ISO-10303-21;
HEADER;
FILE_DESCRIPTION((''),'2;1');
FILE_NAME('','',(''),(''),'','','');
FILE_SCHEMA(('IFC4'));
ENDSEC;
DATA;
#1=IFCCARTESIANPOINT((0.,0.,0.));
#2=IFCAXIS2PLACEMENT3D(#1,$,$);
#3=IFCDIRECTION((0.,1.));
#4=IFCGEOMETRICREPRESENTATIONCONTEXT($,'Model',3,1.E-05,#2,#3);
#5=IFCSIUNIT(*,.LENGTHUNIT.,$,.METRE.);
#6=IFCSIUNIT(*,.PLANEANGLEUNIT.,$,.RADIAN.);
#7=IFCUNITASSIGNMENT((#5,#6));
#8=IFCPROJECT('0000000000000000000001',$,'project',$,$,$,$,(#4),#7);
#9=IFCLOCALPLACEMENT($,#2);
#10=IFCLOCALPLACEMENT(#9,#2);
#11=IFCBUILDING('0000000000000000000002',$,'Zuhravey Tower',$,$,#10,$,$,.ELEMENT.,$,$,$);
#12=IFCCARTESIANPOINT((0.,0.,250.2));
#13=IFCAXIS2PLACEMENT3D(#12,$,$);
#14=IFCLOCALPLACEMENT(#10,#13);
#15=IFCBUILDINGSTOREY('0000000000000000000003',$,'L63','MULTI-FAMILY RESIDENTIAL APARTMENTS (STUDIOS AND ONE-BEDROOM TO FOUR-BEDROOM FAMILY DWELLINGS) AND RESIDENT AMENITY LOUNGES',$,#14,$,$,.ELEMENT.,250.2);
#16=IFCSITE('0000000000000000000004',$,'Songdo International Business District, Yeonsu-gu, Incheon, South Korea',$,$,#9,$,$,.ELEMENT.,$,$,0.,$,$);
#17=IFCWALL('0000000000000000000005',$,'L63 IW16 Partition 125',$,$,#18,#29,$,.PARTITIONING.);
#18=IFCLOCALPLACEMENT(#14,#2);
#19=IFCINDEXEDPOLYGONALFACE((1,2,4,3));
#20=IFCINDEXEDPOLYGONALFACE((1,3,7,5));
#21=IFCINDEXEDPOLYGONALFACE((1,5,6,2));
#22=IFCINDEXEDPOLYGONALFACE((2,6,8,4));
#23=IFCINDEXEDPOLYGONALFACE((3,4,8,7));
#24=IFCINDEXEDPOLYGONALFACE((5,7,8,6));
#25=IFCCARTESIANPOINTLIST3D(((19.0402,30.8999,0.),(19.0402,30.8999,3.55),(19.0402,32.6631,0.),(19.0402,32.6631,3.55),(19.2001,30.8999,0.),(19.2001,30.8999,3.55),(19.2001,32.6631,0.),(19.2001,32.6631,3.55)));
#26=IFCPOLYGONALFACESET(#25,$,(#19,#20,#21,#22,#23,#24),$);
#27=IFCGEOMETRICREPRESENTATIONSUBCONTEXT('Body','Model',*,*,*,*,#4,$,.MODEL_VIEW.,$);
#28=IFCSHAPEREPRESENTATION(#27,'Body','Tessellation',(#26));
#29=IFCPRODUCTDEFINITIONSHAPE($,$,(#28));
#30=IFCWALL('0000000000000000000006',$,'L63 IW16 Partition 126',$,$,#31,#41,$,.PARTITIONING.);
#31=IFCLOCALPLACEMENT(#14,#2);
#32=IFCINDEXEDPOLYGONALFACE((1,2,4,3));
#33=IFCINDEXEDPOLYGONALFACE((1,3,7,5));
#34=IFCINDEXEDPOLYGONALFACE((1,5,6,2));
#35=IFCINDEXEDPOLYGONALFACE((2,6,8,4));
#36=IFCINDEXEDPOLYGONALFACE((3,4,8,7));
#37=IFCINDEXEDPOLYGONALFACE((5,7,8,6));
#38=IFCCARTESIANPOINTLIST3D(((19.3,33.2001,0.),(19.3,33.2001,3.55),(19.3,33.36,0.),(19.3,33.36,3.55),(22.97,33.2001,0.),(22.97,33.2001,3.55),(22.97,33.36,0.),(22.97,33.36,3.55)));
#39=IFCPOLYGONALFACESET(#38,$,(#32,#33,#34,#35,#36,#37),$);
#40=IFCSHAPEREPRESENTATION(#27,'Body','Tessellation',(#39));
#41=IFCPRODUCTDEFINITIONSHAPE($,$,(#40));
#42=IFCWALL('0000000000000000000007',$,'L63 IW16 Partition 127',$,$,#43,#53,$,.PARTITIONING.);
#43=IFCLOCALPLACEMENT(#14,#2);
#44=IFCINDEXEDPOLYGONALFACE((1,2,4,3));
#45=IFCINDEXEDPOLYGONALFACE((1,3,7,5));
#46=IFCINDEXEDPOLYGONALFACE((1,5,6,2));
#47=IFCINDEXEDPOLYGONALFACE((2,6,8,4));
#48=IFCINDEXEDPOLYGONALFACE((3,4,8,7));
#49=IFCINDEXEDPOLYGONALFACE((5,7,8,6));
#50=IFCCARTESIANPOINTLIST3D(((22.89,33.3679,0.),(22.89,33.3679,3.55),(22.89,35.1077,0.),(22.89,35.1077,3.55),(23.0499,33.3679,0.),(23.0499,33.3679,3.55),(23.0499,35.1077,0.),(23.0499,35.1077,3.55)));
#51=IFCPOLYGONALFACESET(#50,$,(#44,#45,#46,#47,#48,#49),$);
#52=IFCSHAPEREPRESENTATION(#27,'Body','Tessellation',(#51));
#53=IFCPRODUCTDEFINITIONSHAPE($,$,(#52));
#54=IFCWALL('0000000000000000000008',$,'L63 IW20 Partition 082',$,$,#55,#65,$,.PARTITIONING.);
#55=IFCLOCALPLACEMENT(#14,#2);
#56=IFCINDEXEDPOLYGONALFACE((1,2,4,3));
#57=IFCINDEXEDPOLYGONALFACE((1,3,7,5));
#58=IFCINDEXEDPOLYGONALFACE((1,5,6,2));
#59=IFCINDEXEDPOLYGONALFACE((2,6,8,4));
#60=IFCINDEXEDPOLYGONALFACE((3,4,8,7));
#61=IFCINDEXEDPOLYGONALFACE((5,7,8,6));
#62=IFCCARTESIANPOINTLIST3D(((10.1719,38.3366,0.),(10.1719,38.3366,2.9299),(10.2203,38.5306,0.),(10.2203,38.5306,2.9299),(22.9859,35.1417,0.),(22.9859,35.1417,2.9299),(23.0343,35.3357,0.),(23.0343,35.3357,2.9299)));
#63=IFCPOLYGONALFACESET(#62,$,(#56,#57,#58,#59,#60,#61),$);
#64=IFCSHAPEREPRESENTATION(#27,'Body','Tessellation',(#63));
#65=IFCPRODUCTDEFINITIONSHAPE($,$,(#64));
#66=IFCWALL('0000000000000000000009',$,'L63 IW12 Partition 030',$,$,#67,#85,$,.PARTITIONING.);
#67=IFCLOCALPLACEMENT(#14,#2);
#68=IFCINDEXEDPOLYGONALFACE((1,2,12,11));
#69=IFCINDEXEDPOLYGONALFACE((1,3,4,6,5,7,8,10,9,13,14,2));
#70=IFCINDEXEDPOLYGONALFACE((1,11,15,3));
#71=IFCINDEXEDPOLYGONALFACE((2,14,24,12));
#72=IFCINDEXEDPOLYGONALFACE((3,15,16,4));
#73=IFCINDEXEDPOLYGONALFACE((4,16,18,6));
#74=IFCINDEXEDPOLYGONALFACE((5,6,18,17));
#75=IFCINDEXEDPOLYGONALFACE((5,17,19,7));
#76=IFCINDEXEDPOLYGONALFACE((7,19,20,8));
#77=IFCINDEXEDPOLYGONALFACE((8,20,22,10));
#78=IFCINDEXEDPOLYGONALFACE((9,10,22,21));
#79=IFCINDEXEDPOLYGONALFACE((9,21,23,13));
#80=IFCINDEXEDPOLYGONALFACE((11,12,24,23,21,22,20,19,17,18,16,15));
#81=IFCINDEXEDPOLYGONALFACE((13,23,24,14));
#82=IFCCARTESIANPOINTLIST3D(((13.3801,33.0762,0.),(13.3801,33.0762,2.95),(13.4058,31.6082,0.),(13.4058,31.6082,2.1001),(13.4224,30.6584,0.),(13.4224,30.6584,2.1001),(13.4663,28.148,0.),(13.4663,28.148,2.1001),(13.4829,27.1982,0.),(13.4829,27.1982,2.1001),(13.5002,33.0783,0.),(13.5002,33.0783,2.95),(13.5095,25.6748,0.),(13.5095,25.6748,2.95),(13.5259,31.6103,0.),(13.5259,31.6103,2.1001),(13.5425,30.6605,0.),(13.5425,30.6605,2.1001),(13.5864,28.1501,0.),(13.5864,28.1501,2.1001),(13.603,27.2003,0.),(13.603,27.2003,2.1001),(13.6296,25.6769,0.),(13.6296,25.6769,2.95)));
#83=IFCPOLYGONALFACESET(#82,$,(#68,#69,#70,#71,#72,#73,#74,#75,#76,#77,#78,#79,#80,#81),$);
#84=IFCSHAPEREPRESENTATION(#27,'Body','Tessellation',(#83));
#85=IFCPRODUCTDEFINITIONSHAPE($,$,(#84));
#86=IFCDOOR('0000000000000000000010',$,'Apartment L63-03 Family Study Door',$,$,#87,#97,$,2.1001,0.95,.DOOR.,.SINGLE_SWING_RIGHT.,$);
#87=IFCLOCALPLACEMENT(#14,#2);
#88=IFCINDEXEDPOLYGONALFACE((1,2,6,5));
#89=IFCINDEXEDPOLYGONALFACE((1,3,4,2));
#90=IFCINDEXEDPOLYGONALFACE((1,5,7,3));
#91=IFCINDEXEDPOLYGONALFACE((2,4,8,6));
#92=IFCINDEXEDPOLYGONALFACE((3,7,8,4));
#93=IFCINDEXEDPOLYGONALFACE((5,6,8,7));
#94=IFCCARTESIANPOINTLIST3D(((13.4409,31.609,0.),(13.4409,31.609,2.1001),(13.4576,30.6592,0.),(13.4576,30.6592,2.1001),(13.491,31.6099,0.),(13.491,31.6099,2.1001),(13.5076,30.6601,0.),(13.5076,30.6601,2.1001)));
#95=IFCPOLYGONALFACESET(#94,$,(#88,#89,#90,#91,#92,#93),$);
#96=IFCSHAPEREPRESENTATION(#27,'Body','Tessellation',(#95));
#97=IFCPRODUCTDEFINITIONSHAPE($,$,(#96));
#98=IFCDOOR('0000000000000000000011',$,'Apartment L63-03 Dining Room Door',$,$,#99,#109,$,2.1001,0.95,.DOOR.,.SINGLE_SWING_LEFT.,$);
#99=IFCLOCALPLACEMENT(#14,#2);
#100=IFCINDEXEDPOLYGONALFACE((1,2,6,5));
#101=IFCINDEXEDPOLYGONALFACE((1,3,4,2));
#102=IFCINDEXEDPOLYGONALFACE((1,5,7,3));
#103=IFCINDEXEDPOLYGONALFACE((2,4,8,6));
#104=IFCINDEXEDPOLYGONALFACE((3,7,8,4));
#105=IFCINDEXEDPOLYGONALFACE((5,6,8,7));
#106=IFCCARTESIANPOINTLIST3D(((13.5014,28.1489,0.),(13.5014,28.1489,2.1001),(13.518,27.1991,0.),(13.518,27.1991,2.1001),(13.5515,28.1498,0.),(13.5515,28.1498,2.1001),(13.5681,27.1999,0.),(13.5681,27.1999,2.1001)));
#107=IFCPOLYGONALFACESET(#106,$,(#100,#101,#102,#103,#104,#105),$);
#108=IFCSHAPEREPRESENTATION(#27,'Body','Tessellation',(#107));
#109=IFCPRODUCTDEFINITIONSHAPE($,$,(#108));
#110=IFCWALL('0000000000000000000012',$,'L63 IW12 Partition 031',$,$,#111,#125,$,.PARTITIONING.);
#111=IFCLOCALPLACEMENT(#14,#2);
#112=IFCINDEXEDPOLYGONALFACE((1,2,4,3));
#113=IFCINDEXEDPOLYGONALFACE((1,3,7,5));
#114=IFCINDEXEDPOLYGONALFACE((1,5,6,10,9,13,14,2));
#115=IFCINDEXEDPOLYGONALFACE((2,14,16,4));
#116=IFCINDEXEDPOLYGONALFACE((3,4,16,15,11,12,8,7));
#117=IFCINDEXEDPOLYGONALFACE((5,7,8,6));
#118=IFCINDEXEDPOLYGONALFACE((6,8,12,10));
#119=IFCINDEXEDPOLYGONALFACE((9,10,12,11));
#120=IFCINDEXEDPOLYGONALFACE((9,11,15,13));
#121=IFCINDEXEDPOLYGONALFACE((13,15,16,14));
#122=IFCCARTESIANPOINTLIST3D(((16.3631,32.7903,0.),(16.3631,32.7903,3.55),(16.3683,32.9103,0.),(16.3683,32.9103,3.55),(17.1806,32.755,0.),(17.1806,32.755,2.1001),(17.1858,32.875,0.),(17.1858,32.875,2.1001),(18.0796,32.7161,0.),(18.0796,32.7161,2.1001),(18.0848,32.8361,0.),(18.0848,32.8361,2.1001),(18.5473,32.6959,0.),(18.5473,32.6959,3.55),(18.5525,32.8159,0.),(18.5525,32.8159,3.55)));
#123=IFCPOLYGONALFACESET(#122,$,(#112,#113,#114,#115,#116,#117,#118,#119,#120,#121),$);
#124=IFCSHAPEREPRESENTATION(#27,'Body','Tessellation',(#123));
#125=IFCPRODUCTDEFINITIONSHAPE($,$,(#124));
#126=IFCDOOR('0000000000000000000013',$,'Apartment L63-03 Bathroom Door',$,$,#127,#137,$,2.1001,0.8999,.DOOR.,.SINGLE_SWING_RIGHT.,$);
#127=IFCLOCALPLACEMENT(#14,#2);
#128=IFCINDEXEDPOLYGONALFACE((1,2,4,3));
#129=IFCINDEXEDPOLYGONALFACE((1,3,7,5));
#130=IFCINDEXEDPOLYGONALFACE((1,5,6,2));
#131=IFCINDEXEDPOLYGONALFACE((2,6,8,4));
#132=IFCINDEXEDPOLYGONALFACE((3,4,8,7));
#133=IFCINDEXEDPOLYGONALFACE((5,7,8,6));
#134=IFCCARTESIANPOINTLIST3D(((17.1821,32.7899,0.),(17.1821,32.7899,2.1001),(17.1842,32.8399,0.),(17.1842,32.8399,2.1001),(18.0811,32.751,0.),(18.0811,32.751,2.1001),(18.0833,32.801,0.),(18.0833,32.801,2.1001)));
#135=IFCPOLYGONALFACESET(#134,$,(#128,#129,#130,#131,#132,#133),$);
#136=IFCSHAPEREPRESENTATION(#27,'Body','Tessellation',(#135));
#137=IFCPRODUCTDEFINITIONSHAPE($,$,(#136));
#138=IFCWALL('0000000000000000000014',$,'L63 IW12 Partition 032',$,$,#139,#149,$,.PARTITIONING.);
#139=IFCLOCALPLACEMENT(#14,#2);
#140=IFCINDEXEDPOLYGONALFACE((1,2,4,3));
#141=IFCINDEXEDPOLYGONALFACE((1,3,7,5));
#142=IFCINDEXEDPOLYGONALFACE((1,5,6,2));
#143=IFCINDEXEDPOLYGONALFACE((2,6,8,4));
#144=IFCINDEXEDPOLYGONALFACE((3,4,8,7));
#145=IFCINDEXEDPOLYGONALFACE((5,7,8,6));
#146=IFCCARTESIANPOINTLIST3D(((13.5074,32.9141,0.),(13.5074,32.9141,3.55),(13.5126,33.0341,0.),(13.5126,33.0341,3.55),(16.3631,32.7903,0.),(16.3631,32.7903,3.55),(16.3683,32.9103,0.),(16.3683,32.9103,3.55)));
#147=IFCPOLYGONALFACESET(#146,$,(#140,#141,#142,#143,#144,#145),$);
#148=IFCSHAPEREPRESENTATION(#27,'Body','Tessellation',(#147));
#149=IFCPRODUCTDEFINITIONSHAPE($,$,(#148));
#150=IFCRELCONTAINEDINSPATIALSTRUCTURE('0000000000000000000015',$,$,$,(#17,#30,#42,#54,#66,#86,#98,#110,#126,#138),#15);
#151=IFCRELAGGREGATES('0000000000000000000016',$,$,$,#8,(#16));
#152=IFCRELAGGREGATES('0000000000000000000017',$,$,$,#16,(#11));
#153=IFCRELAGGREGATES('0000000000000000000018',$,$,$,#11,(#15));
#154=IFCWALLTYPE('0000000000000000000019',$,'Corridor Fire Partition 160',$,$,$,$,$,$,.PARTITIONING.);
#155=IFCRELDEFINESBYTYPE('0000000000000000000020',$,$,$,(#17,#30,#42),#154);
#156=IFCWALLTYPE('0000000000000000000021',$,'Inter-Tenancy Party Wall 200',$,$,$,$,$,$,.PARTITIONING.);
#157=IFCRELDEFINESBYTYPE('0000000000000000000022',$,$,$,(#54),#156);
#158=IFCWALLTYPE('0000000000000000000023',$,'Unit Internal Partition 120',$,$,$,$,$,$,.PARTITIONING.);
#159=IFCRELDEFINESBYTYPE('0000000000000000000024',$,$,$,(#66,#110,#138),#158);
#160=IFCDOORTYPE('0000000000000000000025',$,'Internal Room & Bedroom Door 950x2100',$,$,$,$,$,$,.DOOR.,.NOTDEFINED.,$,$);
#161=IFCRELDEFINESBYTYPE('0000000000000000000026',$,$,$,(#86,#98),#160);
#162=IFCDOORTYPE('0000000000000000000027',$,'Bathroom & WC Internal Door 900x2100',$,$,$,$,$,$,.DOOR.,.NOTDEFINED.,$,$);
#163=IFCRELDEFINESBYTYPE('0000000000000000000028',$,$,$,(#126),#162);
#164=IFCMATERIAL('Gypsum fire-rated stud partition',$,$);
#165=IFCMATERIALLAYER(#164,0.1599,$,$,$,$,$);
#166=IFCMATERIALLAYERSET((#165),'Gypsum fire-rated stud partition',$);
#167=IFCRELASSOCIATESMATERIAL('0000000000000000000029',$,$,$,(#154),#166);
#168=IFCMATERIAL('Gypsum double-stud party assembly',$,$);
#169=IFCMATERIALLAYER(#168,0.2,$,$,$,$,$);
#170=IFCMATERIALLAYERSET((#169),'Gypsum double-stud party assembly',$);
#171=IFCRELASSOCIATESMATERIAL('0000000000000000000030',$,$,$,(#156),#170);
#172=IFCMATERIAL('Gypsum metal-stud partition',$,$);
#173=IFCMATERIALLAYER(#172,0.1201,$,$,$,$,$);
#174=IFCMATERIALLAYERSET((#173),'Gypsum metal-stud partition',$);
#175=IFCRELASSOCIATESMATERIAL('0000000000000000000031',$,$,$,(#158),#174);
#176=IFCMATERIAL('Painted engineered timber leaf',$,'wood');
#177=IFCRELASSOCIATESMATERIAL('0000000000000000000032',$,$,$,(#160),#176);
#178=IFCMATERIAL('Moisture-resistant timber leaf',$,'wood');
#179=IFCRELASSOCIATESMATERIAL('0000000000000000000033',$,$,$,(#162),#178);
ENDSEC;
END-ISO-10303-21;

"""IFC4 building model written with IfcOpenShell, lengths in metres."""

from ifc_helpers import new_model, si_unit, direction, frame, frame_2d, origin, place, context, subcontext, project, spatial, rectangle, extrude, material, layer, layer_set, type_object, element, fill, save


model = new_model("IFC4")

# Units and contexts
model_context = context("Model", 3, precision=1e-05, world=origin(), true_north=direction((0.0, 1.0)))
body_context = subcontext(model_context, "Body", "Model", "MODEL_VIEW")
ifc_project = project(units=[si_unit("LENGTHUNIT", "METRE"), si_unit("PLANEANGLEUNIT", "RADIAN")], contexts=[model_context])

# Site, building, storey
site_placement = place(None, origin())
site = spatial("IfcSite", under=ifc_project, at=site_placement, Name="Songdo International Business District, Yeonsu-gu, Incheon, South Korea", CompositionType="ELEMENT", RefElevation=0.0)
building_placement = place(site_placement, origin())
building = spatial("IfcBuilding", under=site, at=building_placement, Name="Zuhravey Tower", CompositionType="ELEMENT")
storey_placement = place(building_placement, frame((0.0, 0.0, 250.2)))
storey = spatial("IfcBuildingStorey", under=building, at=storey_placement, Name="L63", Description="MULTI-FAMILY RESIDENTIAL APARTMENTS (STUDIOS AND ONE-BEDROOM TO FOUR-BEDROOM FAMILY DWELLINGS) AND RESIDENT AMENITY LOUNGES", CompositionType="ELEMENT", Elevation=250.2)

# Shared definitions
ifc_material_1 = material(Name="Gypsum fire-rated stud partition")
ifc_layer_1 = layer(ifc_material_1, 0.1599)
ifc_layer_set_1 = layer_set([ifc_layer_1], Name="Gypsum fire-rated stud partition")
wall_type_1 = type_object("IfcWallType", Name="Corridor Fire Partition 160", PredefinedType="PARTITIONING", material=ifc_layer_set_1)

# Walls
wall_1_placement = place(storey_placement, frame((19.1201, 32.6631, 0.0), z_axis=(0.0, 0.0, 1.0), x_axis=(0.0, -1.0, 0.0)))
element("IfcWall", 1, at=wall_1_placement, inside=storey, type_object=wall_type_1, Name="L63 IW16 Partition 125", PredefinedType="PARTITIONING", context=body_context, shape_type="SweptSolid", body=[
    extrude(rectangle(XDim=1.7632, YDim=0.1599, at=frame_2d((0.8816, 0.0))), origin(), (0.0, 0.0, 1.0), 3.55),
])
wall_2_placement = place(storey_placement, frame((22.97, 33.28, 0.0), z_axis=(0.0, 0.0, 1.0), x_axis=(-1.0, 0.0, 0.0)))
element("IfcWall", 2, at=wall_2_placement, inside=storey, type_object=wall_type_1, Name="L63 IW16 Partition 126", PredefinedType="PARTITIONING", context=body_context, shape_type="SweptSolid", body=[
    extrude(rectangle(XDim=3.6699, YDim=0.1599, at=frame_2d((1.835, 0.0))), origin(), (0.0, 0.0, 1.0), 3.55),
])
wall_3_placement = place(storey_placement, frame((22.97, 35.1077, 0.0), z_axis=(0.0, 0.0, 1.0), x_axis=(0.0, -1.0, 0.0)))
element("IfcWall", 3, at=wall_3_placement, inside=storey, type_object=wall_type_1, Name="L63 IW16 Partition 127", PredefinedType="PARTITIONING", context=body_context, shape_type="SweptSolid", body=[
    extrude(rectangle(XDim=1.7397, YDim=0.1599, at=frame_2d((0.8699, 0.0))), origin(), (0.0, 0.0, 1.0), 3.55),
])
ifc_material_2 = material(Name="Gypsum double-stud party assembly")
ifc_layer_2 = layer(ifc_material_2, 0.2)
ifc_layer_set_2 = layer_set([ifc_layer_2], Name="Gypsum double-stud party assembly")
wall_type_2 = type_object("IfcWallType", Name="Inter-Tenancy Party Wall 200", PredefinedType="PARTITIONING", material=ifc_layer_set_2)
wall_4_placement = place(storey_placement, frame((23.01, 35.2388, 0.0), z_axis=(0.0, 0.0, 1.0), x_axis=(-0.970297, 0.241918, 0.0)))
element("IfcWall", 4, at=wall_4_placement, inside=storey, type_object=wall_type_2, Name="L63 IW20 Partition 082", PredefinedType="PARTITIONING", context=body_context, shape_type="SweptSolid", body=[
    extrude(rectangle(XDim=13.2063, YDim=0.2, at=frame_2d((6.603, 0.0))), origin(), (0.0, 0.0, 1.0), 2.9299),
])

# Wall, openings, doors
ifc_material_3 = material(Name="Gypsum metal-stud partition")
ifc_layer_3 = layer(ifc_material_3, 0.1201)
ifc_layer_set_3 = layer_set([ifc_layer_3], Name="Gypsum metal-stud partition")
wall_type_3 = type_object("IfcWallType", Name="Unit Internal Partition 120", PredefinedType="PARTITIONING", material=ifc_layer_set_3)
wall_5_placement = place(storey_placement, frame((13.4402, 33.0771, 0.0), z_axis=(0.0, 0.0, 1.0), x_axis=(0.01748, -0.999847, 0.0)))
wall_5 = element("IfcWall", 5, at=wall_5_placement, inside=storey, type_object=wall_type_3, Name="L63 IW12 Partition 030", PredefinedType="PARTITIONING", context=body_context, shape_type="SweptSolid", body=[
    extrude(rectangle(XDim=7.4026, YDim=0.1201, at=frame_2d((3.7012, 0.0))), origin(), (0.0, 0.0, 1.0), 2.95),
])
opening_1_placement = place(wall_5_placement, frame((1.468, 0.0, 0.0)))
opening_1 = element("IfcOpeningElement", 6, at=opening_1_placement, cuts=wall_5, PredefinedType="OPENING", context=body_context, shape_type="SweptSolid", body=[
    extrude(rectangle(XDim=0.95, YDim=2.1001, at=frame_2d((0.4751, 1.05))), frame((0.0, 0.072, 0.0), z_axis=(0.0, -1.0, 0.0), x_axis=(1.0, 0.0, 0.0)), (0.0, 0.0, 1.0), 0.144),
])
opening_2_placement = place(wall_5_placement, frame((4.9287, 0.0, 0.0)))
opening_2 = element("IfcOpeningElement", 7, at=opening_2_placement, cuts=wall_5, PredefinedType="OPENING", context=body_context, shape_type="SweptSolid", body=[
    extrude(rectangle(XDim=0.95, YDim=2.1001, at=frame_2d((0.4751, 1.05))), frame((0.0, 0.072, 0.0), z_axis=(0.0, -1.0, 0.0), x_axis=(1.0, 0.0, 0.0)), (0.0, 0.0, 1.0), 0.144),
])
ifc_material_4 = material(Name="Painted engineered timber leaf", Category="wood")
door_type_1 = type_object("IfcDoorType", Name="Internal Room & Bedroom Door 950x2100", OperationType="NOTDEFINED", PredefinedType="DOOR", material=ifc_material_4)
door_1_placement = place(opening_1_placement, frame((0.95, 0.0, 0.0), z_axis=(0.0, 0.0, 1.0), x_axis=(-1.0, 0.0, 0.0)))
door_1 = element("IfcDoor", 8, at=door_1_placement, inside=storey, type_object=door_type_1, Name="Apartment L63-03 Family Study Door", OperationType="SINGLE_SWING_RIGHT", OverallHeight=2.1001, OverallWidth=0.95, PredefinedType="DOOR", context=body_context, shape_type="SweptSolid", body=[
    extrude(rectangle(XDim=0.95, YDim=2.1001, at=frame_2d((0.4751, 1.05))), frame((0.0, 0.0249, 0.0), z_axis=(0.0, -1.0, 0.0), x_axis=(1.0, 0.0, 0.0)), (0.0, 0.0, 1.0), 0.05),
])
fill(opening_1, door_1)
door_2_placement = place(opening_2_placement, frame((0.95, 0.0, 0.0), z_axis=(0.0, 0.0, 1.0), x_axis=(-1.0, 0.0, 0.0)))
door_2 = element("IfcDoor", 9, at=door_2_placement, inside=storey, type_object=door_type_1, Name="Apartment L63-03 Dining Room Door", OperationType="SINGLE_SWING_LEFT", OverallHeight=2.1001, OverallWidth=0.95, PredefinedType="DOOR", context=body_context, shape_type="SweptSolid", body=[
    extrude(rectangle(XDim=0.95, YDim=2.1001, at=frame_2d((0.4751, 1.05))), frame((0.0, 0.0249, 0.0), z_axis=(0.0, -1.0, 0.0), x_axis=(1.0, 0.0, 0.0)), (0.0, 0.0, 1.0), 0.05),
])
fill(opening_2, door_2)

# Wall, opening, door
wall_6_placement = place(storey_placement, frame((18.55, 32.7559, 0.0), z_axis=(0.0, 0.0, 1.0), x_axis=(-0.999066, 0.043214, 0.0)))
wall_6 = element("IfcWall", 10, at=wall_6_placement, inside=storey, type_object=wall_type_3, Name="L63 IW12 Partition 031", PredefinedType="PARTITIONING", context=body_context, shape_type="SweptSolid", body=[
    extrude(rectangle(XDim=2.1863, YDim=0.1201, at=frame_2d((1.0933, 0.0))), origin(), (0.0, 0.0, 1.0), 3.55),
])
opening_3_placement = place(wall_6_placement, frame((0.4683, 0.0, 0.0)))
opening_3 = element("IfcOpeningElement", 11, at=opening_3_placement, cuts=wall_6, PredefinedType="OPENING", context=body_context, shape_type="SweptSolid", body=[
    extrude(rectangle(XDim=0.8999, YDim=2.1001, at=frame_2d((0.45, 1.05))), frame((0.0, 0.072, 0.0), z_axis=(0.0, -1.0, 0.0), x_axis=(1.0, 0.0, 0.0)), (0.0, 0.0, 1.0), 0.144),
])
ifc_material_5 = material(Name="Moisture-resistant timber leaf", Category="wood")
door_type_2 = type_object("IfcDoorType", Name="Bathroom & WC Internal Door 900x2100", OperationType="NOTDEFINED", PredefinedType="DOOR", material=ifc_material_5)
door_3_placement = place(opening_3_placement, frame((0.8999, 0.0, 0.0), z_axis=(0.0, 0.0, 1.0), x_axis=(-1.0, 0.0, 0.0)))
door_3 = element("IfcDoor", 12, at=door_3_placement, inside=storey, type_object=door_type_2, Name="Apartment L63-03 Bathroom Door", OperationType="SINGLE_SWING_RIGHT", OverallHeight=2.1001, OverallWidth=0.8999, PredefinedType="DOOR", context=body_context, shape_type="SweptSolid", body=[
    extrude(rectangle(XDim=0.8999, YDim=2.1001, at=frame_2d((0.45, 1.05))), frame((0.0, 0.0249, 0.0), z_axis=(0.0, -1.0, 0.0), x_axis=(1.0, 0.0, 0.0)), (0.0, 0.0, 1.0), 0.05),
])
fill(opening_3, door_3)

# Wall
wall_7_placement = place(storey_placement, frame((16.3657, 32.8503, 0.0), z_axis=(0.0, 0.0, 1.0), x_axis=(-0.999062, 0.043304, 0.0)))
element("IfcWall", 13, at=wall_7_placement, inside=storey, type_object=wall_type_3, Name="L63 IW12 Partition 032", PredefinedType="PARTITIONING", context=body_context, shape_type="SweptSolid", body=[
    extrude(rectangle(XDim=2.8584, YDim=0.1201, at=frame_2d((1.4292, 0.0))), origin(), (0.0, 0.0, 1.0), 3.55),
])

save(model, "model.ifc")
